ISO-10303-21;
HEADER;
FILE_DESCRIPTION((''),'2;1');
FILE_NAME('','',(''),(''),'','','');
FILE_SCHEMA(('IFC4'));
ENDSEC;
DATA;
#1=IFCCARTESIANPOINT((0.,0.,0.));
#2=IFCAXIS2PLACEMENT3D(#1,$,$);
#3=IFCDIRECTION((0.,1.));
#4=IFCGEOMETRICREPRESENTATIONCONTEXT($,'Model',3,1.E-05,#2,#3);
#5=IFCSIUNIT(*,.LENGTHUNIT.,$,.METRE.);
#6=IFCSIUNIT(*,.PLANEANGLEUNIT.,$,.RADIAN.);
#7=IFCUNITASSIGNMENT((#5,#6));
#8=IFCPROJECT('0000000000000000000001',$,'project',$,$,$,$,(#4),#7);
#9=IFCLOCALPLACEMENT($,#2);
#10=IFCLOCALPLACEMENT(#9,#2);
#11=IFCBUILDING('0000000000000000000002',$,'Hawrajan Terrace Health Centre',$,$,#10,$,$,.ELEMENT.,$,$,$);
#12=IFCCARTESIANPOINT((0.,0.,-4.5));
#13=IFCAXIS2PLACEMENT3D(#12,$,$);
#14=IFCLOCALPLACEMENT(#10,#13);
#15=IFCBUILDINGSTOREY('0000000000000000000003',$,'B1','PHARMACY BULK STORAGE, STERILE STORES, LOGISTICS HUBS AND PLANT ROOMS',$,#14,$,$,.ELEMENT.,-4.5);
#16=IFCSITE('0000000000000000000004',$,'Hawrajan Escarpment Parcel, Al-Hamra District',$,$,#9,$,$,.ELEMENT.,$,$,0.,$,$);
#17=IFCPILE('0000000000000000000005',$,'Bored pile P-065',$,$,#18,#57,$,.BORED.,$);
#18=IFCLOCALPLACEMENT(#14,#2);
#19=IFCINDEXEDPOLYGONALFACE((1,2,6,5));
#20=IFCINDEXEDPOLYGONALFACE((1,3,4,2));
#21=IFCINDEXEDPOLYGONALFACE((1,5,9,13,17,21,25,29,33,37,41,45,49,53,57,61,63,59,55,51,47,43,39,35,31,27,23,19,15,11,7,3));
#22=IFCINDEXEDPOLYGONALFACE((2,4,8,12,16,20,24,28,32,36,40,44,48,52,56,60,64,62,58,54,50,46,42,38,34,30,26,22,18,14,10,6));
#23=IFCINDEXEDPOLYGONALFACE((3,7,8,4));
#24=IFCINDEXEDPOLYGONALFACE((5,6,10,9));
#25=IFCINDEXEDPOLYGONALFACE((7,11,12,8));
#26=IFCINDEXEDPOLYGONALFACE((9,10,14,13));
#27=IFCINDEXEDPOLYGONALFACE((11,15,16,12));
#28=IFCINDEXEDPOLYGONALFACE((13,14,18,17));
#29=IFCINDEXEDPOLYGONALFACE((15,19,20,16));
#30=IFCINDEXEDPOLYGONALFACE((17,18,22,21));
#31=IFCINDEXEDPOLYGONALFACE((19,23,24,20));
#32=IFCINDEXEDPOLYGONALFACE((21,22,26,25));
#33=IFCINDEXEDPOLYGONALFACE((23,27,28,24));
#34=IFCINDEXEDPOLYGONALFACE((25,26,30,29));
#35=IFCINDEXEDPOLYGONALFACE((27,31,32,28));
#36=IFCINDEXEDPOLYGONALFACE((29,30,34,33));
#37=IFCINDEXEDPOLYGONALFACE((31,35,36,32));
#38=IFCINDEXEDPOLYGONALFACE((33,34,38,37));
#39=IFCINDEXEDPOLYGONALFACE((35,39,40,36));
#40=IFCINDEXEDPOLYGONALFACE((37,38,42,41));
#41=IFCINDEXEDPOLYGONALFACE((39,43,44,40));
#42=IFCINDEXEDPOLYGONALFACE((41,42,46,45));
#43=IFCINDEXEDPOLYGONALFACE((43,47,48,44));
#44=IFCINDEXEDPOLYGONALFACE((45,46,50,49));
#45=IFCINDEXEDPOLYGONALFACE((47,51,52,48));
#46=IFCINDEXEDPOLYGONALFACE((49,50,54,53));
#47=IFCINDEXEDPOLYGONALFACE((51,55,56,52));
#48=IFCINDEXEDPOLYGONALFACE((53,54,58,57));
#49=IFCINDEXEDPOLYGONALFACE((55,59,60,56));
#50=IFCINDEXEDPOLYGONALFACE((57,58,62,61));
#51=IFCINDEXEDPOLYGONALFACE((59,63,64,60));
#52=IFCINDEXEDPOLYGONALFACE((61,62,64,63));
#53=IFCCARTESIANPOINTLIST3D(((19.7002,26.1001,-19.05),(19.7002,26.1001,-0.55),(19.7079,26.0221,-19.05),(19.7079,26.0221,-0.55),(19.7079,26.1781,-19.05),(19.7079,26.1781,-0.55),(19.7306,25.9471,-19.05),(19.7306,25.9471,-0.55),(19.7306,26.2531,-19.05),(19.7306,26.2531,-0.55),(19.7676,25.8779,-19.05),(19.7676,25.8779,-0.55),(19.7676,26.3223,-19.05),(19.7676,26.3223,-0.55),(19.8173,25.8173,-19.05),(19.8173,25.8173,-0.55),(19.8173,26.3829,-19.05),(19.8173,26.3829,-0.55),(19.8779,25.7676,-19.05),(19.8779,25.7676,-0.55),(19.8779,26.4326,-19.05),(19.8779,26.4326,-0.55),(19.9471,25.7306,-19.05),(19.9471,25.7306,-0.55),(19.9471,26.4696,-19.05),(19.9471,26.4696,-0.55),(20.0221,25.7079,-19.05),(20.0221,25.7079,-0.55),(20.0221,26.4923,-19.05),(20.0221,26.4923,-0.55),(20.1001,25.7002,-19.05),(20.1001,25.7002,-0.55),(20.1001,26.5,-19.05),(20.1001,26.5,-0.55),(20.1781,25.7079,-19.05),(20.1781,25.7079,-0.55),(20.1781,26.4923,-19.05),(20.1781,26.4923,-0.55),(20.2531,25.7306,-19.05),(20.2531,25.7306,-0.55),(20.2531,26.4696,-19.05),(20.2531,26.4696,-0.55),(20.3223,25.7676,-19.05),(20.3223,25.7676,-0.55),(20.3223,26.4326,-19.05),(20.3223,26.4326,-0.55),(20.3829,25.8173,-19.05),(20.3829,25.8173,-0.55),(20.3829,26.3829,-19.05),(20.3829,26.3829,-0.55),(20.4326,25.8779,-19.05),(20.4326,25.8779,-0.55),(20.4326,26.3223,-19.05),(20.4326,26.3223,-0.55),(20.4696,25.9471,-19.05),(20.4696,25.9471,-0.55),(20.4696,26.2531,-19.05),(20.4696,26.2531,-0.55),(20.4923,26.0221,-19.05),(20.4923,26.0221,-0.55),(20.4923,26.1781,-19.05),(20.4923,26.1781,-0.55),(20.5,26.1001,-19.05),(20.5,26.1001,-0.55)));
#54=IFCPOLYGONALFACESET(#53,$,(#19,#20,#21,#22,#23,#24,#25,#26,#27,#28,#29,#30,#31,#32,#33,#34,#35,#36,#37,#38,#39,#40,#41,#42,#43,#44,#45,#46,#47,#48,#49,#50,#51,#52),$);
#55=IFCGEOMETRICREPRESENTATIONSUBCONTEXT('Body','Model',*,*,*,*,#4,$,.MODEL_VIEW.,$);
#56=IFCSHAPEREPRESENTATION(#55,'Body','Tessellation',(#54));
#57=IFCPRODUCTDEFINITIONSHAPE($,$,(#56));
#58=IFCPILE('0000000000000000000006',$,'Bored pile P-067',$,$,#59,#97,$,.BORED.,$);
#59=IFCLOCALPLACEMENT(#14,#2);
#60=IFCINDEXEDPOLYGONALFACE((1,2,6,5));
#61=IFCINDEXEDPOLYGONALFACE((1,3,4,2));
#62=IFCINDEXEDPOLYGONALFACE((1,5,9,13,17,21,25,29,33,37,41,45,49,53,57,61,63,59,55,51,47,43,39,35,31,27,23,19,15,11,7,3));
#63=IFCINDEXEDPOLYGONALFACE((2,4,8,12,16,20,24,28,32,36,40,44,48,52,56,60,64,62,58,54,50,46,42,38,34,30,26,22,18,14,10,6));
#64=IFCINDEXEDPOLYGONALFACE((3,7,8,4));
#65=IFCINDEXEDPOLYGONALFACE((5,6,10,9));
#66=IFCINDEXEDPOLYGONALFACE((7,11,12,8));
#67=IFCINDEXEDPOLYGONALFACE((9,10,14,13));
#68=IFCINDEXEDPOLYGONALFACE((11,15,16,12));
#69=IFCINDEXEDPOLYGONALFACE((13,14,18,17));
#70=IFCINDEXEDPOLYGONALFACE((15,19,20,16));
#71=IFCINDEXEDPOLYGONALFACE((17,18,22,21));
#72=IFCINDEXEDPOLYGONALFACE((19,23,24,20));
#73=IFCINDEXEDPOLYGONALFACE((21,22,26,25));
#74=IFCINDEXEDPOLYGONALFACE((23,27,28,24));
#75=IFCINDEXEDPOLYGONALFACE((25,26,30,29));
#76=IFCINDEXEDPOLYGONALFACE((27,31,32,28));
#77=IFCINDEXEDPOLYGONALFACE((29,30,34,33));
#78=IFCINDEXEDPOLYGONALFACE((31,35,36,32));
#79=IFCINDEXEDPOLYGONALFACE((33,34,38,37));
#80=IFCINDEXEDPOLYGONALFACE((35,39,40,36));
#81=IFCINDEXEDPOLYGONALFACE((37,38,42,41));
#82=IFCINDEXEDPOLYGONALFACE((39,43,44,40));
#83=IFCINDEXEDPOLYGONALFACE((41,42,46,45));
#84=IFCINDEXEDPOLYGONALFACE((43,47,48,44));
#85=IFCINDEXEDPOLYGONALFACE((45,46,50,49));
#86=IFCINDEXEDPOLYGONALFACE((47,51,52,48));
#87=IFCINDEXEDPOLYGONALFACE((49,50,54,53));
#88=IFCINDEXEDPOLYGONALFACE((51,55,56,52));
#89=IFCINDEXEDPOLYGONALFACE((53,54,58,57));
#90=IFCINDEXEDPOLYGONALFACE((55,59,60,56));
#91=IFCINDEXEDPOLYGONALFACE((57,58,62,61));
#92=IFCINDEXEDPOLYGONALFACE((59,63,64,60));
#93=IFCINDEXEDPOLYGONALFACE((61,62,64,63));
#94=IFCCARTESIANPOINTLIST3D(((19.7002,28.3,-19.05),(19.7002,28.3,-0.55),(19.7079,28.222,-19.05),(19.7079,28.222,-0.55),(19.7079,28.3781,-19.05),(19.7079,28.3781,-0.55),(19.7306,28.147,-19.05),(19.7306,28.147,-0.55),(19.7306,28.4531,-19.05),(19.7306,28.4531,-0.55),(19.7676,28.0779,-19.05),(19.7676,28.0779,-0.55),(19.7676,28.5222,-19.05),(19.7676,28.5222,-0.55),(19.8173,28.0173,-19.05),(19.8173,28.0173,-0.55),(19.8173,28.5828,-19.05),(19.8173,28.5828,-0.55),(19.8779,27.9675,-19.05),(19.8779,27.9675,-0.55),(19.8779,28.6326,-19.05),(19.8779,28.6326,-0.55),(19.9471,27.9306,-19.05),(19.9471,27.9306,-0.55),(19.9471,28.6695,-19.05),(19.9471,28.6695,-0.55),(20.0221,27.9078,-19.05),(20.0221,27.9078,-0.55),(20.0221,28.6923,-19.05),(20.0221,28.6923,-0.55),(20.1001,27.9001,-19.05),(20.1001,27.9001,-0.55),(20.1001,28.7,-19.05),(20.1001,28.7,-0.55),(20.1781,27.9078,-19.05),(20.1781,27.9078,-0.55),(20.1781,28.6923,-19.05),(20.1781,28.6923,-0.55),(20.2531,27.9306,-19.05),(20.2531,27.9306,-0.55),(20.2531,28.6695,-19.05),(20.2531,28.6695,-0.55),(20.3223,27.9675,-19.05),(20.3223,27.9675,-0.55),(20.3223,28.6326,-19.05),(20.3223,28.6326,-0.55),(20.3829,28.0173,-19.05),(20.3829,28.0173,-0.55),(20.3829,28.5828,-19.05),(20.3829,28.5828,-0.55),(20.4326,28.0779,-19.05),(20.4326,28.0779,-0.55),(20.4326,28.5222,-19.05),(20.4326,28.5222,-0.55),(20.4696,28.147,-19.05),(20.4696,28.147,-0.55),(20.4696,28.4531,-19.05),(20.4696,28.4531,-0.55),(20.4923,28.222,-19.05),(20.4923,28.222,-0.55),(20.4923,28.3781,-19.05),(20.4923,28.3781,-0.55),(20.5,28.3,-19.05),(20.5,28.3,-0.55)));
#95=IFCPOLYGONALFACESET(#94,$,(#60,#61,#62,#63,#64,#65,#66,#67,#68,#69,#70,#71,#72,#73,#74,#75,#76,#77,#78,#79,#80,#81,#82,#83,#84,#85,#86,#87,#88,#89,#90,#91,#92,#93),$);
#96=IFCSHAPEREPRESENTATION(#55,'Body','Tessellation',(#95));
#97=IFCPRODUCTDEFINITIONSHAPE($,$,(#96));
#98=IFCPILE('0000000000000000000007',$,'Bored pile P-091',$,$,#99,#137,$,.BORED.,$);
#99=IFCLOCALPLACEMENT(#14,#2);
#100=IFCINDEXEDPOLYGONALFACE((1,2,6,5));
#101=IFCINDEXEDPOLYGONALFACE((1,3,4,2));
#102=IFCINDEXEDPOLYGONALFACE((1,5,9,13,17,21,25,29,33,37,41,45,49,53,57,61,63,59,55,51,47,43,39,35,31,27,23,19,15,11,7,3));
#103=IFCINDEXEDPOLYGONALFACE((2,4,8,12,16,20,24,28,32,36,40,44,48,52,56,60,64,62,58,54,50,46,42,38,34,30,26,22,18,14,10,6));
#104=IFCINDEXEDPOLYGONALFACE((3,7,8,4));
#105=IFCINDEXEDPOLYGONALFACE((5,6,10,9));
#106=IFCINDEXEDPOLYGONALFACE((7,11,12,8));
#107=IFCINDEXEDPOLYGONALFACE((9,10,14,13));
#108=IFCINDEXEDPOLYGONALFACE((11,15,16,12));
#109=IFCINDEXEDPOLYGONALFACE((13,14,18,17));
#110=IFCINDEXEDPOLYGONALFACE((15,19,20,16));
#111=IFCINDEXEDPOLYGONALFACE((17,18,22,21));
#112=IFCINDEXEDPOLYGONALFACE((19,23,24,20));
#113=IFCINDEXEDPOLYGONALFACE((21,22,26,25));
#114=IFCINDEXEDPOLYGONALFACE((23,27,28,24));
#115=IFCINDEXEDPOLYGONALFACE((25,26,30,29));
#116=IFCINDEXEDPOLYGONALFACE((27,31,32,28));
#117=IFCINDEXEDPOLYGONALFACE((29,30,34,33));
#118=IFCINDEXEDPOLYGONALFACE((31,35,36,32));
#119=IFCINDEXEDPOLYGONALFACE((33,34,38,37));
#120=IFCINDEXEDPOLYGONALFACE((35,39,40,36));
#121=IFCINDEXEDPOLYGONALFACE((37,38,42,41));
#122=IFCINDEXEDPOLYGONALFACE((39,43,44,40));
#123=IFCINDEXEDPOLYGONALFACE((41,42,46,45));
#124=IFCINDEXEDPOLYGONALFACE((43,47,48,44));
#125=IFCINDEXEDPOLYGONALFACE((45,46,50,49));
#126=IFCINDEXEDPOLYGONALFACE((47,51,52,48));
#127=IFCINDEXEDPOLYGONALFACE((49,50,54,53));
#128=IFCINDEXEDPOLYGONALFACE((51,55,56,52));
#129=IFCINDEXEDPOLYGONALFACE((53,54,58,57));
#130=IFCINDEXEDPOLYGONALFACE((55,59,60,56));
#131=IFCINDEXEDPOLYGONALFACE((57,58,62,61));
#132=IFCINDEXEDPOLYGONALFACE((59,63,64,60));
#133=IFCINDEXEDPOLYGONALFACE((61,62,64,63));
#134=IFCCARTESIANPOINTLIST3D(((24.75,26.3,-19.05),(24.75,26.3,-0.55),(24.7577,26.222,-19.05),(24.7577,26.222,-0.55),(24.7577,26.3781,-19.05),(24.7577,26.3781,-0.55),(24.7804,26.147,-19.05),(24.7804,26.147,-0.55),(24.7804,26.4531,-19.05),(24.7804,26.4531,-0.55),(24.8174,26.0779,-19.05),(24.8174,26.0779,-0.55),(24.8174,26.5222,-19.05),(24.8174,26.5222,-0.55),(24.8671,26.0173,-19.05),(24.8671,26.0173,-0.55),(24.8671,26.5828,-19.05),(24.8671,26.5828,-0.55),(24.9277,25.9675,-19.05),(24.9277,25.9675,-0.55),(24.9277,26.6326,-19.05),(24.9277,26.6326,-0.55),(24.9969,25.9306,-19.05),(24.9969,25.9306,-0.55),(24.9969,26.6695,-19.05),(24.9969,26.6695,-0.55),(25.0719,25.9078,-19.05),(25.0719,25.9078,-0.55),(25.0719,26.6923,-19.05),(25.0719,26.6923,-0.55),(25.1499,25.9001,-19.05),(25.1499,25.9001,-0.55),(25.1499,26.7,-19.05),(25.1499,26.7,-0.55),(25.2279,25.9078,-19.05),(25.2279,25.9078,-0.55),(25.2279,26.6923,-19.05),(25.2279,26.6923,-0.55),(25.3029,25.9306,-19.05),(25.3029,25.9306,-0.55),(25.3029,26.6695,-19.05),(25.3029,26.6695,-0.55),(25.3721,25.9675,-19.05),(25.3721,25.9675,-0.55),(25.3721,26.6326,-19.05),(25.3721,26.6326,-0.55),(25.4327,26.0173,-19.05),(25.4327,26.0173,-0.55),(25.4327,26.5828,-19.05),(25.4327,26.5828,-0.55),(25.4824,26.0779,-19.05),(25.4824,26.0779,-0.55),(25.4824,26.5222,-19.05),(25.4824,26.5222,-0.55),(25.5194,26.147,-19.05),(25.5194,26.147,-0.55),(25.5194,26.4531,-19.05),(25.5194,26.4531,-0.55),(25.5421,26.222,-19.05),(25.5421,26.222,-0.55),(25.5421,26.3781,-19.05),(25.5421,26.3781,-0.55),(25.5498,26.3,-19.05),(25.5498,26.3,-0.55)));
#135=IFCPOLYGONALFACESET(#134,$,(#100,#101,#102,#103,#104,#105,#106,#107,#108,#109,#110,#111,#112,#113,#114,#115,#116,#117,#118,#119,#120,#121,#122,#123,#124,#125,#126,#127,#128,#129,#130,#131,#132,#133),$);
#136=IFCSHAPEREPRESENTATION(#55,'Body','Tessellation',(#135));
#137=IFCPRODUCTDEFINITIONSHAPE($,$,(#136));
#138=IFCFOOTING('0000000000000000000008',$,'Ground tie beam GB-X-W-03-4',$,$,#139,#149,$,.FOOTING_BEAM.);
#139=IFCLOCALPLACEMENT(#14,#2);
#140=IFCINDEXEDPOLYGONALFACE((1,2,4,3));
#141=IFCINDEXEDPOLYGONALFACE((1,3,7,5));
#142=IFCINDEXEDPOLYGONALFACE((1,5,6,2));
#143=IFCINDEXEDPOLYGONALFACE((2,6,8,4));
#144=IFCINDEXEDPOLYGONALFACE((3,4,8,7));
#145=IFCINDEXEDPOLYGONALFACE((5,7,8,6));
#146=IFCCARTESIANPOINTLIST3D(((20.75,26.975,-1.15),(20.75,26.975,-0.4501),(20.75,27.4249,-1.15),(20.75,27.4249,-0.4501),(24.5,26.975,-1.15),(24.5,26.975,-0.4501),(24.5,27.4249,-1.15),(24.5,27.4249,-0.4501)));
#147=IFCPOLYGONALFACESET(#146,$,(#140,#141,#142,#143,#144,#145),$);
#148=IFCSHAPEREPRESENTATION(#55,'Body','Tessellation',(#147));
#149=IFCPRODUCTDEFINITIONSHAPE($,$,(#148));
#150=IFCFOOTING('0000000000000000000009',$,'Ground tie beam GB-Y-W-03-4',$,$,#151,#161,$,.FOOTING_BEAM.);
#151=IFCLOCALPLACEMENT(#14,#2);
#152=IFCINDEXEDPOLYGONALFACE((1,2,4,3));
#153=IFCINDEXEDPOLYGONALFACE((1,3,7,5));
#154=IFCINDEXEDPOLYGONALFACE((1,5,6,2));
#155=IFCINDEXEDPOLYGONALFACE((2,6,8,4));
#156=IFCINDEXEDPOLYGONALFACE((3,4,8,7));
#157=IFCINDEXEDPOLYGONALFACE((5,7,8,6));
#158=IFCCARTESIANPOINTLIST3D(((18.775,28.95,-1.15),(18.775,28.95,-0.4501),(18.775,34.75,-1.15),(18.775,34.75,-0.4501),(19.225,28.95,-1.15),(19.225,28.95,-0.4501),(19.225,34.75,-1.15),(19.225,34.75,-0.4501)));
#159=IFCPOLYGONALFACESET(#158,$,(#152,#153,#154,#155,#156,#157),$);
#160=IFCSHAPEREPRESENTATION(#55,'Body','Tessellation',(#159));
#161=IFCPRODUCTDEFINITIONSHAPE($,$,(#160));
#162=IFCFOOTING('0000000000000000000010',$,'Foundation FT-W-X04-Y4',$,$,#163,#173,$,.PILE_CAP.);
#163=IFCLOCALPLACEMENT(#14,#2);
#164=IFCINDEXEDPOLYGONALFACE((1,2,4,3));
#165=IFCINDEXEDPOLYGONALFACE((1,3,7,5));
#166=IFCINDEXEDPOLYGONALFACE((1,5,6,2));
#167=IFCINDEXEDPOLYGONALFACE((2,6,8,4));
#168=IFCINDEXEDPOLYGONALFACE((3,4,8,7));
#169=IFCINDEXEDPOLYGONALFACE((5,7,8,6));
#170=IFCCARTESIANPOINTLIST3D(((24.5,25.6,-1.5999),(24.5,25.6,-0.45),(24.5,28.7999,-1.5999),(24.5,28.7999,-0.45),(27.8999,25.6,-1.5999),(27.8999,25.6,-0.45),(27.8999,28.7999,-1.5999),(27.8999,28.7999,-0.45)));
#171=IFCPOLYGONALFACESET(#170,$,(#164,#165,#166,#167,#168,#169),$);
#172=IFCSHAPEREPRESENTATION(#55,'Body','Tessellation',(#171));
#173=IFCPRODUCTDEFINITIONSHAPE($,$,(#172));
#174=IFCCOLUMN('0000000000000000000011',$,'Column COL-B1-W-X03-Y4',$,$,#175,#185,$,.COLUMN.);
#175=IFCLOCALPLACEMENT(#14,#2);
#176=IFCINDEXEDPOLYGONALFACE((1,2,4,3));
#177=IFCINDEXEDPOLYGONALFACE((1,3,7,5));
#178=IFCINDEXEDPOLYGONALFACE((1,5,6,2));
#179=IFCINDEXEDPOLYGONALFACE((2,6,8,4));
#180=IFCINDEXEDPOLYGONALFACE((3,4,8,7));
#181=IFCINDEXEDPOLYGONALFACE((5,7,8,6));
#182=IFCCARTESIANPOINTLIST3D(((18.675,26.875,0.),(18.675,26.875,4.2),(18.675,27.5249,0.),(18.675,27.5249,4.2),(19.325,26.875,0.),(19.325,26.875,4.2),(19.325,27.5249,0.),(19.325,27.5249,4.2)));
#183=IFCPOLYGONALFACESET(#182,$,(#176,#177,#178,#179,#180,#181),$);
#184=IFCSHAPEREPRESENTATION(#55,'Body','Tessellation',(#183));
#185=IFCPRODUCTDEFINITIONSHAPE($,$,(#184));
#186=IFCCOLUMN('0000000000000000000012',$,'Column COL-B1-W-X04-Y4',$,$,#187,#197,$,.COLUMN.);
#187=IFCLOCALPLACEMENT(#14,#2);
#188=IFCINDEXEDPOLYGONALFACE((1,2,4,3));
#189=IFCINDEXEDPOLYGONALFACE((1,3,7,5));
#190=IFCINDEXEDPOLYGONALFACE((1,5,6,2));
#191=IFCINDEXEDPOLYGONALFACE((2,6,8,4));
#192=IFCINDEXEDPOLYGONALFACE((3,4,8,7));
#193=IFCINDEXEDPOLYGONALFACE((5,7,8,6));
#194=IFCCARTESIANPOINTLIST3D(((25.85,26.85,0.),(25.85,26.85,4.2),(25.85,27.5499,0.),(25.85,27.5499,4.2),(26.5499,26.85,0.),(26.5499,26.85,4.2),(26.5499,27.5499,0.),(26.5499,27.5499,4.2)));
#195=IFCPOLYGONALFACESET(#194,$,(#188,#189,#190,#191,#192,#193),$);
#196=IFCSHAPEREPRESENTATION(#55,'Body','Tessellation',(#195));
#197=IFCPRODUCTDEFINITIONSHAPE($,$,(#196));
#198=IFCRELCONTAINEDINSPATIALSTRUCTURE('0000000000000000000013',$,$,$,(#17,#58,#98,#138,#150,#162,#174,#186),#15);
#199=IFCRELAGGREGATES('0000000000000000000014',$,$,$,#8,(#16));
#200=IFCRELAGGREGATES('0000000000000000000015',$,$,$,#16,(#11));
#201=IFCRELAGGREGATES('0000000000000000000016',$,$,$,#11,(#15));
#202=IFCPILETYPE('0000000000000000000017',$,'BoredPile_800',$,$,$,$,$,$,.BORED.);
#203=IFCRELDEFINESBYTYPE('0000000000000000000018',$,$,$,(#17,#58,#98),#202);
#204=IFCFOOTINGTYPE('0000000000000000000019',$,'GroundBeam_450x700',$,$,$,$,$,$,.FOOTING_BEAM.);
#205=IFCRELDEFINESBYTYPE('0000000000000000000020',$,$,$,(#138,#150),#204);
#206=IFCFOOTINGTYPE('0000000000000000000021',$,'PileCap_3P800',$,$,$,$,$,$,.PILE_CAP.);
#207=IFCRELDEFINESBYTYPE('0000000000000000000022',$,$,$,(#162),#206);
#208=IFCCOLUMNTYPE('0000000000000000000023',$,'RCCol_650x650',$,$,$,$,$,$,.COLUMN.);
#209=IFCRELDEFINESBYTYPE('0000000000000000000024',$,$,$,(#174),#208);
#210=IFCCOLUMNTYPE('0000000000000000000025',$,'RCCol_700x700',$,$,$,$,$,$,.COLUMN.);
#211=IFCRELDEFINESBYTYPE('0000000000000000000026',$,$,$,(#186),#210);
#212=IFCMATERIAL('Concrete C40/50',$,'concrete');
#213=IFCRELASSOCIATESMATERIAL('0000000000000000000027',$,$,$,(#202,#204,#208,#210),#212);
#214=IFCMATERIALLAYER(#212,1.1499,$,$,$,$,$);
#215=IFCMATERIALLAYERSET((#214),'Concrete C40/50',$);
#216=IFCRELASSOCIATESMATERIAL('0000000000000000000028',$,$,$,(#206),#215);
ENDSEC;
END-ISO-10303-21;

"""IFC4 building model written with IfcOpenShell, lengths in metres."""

from ifc_helpers import new_model, si_unit, direction, frame, origin, origin_2d, place, context, subcontext, project, spatial, rectangle, circle, extrude, material, layer, layer_set, material_profile, profile_set, type_object, element, save


model = new_model("IFC4")

# Units and contexts
model_context = context("Model", 3, precision=1e-05, world=origin(), true_north=direction((0.0, 1.0)))
body_context = subcontext(model_context, "Body", "Model", "MODEL_VIEW")
ifc_project = project(units=[si_unit("LENGTHUNIT", "METRE"), si_unit("PLANEANGLEUNIT", "RADIAN")], contexts=[model_context])

# Site, building, storey
site_placement = place(None, origin())
site = spatial("IfcSite", under=ifc_project, at=site_placement, Name="Hawrajan Escarpment Parcel, Al-Hamra District", CompositionType="ELEMENT", RefElevation=0.0)
building_placement = place(site_placement, origin())
building = spatial("IfcBuilding", under=site, at=building_placement, Name="Hawrajan Terrace Health Centre", CompositionType="ELEMENT")
storey_placement = place(building_placement, frame((0.0, 0.0, -4.5)))
storey = spatial("IfcBuildingStorey", under=building, at=storey_placement, Name="B1", Description="PHARMACY BULK STORAGE, STERILE STORES, LOGISTICS HUBS AND PLANT ROOMS", CompositionType="ELEMENT", Elevation=-4.5)

# Piles
ifc_material_1 = material(Name="Concrete C40/50", Category="concrete")
ifc_material_profile_1 = material_profile(ifc_material_1, circle(Radius=0.3999, at=origin_2d()), Name="BP 800")
ifc_profile_set_1 = profile_set([ifc_material_profile_1], Name="Concrete C40/50")
pile_type = type_object("IfcPileType", Name="BoredPile_800", PredefinedType="BORED", material=ifc_profile_set_1)
for number, where, z_axis, x_axis, name in (
    (1, (20.1001, 26.1001, -0.55), (0.0, 0.0, -1.0), (1.0, 0.0, 0.0), "Bored pile P-065"),
    (2, (20.1001, 28.3, -0.55), (0.0, 0.0, -1.0), (1.0, 0.0, 0.0), "Bored pile P-067"),
    (3, (25.1499, 26.3, -0.55), (0.0, 0.0, -1.0), (1.0, 0.0, 0.0), "Bored pile P-091"),
):
    element("IfcPile", number, at=place(storey_placement, frame(where, z_axis=z_axis, x_axis=x_axis)), inside=storey, type_object=pile_type, Name=name, PredefinedType="BORED", context=body_context, shape_type="SweptSolid", body=[
        extrude(circle(Radius=0.3999, at=origin_2d()), origin(), (0.0, 0.0, 1.0), 18.5),
    ])

# Footings
ifc_material_profile_2 = material_profile(ifc_material_1, rectangle(XDim=0.45, YDim=0.7, at=origin_2d()), Name="RC BM 450x700")
ifc_profile_set_2 = profile_set([ifc_material_profile_2], Name="Concrete C40/50")
footing_type_1 = type_object("IfcFootingType", Name="GroundBeam_450x700", PredefinedType="FOOTING_BEAM", material=ifc_profile_set_2)
footing_1_placement = place(storey_placement, frame((20.75, 27.2, -0.8), z_axis=(1.0, 0.0, 0.0), x_axis=(0.0, 1.0, 0.0)))
element("IfcFooting", 4, at=footing_1_placement, inside=storey, type_object=footing_type_1, Name="Ground tie beam GB-X-W-03-4", PredefinedType="FOOTING_BEAM", context=body_context, shape_type="SweptSolid", body=[
    extrude(rectangle(XDim=0.45, YDim=0.7, at=origin_2d()), origin(), (0.0, 0.0, 1.0), 3.75),
])
footing_2_placement = place(storey_placement, frame((19.0, 28.95, -0.8), z_axis=(0.0, 1.0, 0.0), x_axis=(-1.0, 0.0, 0.0)))
element("IfcFooting", 5, at=footing_2_placement, inside=storey, type_object=footing_type_1, Name="Ground tie beam GB-Y-W-03-4", PredefinedType="FOOTING_BEAM", context=body_context, shape_type="SweptSolid", body=[
    extrude(rectangle(XDim=0.45, YDim=0.7, at=origin_2d()), origin(), (0.0, 0.0, 1.0), 5.8),
])
ifc_layer_1 = layer(ifc_material_1, 1.1499)
ifc_layer_set_1 = layer_set([ifc_layer_1], Name="Concrete C40/50")
footing_type_2 = type_object("IfcFootingType", Name="PileCap_3P800", PredefinedType="PILE_CAP", material=ifc_layer_set_1)
footing_3_placement = place(storey_placement, frame((26.2, 27.2, -1.5999), z_axis=(0.0, 0.0, 1.0), x_axis=(1.0, 0.0, 0.0)))
element("IfcFooting", 6, at=footing_3_placement, inside=storey, type_object=footing_type_2, Name="Foundation FT-W-X04-Y4", PredefinedType="PILE_CAP", context=body_context, shape_type="SweptSolid", body=[
    extrude(rectangle(XDim=3.3999, YDim=3.2, at=origin_2d()), origin(), (0.0, 0.0, 1.0), 1.1499),
])

# Columns
ifc_material_profile_3 = material_profile(ifc_material_1, rectangle(XDim=0.6499, YDim=0.6499, at=origin_2d()), Name="RC 650x650")
ifc_profile_set_3 = profile_set([ifc_material_profile_3], Name="Concrete C40/50")
column_type_1 = type_object("IfcColumnType", Name="RCCol_650x650", PredefinedType="COLUMN", material=ifc_profile_set_3)
column_1_placement = place(storey_placement, frame((19.0, 27.2, 0.0), z_axis=(0.0, 0.0, 1.0), x_axis=(1.0, 0.0, 0.0)))
element("IfcColumn", 7, at=column_1_placement, inside=storey, type_object=column_type_1, Name="Column COL-B1-W-X03-Y4", PredefinedType="COLUMN", context=body_context, shape_type="SweptSolid", body=[
    extrude(rectangle(XDim=0.6499, YDim=0.6499, at=origin_2d()), origin(), (0.0, 0.0, 1.0), 4.2),
])
ifc_material_profile_4 = material_profile(ifc_material_1, rectangle(XDim=0.7, YDim=0.7, at=origin_2d()), Name="RC 700x700")
ifc_profile_set_4 = profile_set([ifc_material_profile_4], Name="Concrete C40/50")
column_type_2 = type_object("IfcColumnType", Name="RCCol_700x700", PredefinedType="COLUMN", material=ifc_profile_set_4)
column_2_placement = place(storey_placement, frame((26.2, 27.2, 0.0), z_axis=(0.0, 0.0, 1.0), x_axis=(1.0, 0.0, 0.0)))
element("IfcColumn", 8, at=column_2_placement, inside=storey, type_object=column_type_2, Name="Column COL-B1-W-X04-Y4", PredefinedType="COLUMN", context=body_context, shape_type="SweptSolid", body=[
    extrude(rectangle(XDim=0.7, YDim=0.7, at=origin_2d()), origin(), (0.0, 0.0, 1.0), 4.2),
])

save(model, "model.ifc")
